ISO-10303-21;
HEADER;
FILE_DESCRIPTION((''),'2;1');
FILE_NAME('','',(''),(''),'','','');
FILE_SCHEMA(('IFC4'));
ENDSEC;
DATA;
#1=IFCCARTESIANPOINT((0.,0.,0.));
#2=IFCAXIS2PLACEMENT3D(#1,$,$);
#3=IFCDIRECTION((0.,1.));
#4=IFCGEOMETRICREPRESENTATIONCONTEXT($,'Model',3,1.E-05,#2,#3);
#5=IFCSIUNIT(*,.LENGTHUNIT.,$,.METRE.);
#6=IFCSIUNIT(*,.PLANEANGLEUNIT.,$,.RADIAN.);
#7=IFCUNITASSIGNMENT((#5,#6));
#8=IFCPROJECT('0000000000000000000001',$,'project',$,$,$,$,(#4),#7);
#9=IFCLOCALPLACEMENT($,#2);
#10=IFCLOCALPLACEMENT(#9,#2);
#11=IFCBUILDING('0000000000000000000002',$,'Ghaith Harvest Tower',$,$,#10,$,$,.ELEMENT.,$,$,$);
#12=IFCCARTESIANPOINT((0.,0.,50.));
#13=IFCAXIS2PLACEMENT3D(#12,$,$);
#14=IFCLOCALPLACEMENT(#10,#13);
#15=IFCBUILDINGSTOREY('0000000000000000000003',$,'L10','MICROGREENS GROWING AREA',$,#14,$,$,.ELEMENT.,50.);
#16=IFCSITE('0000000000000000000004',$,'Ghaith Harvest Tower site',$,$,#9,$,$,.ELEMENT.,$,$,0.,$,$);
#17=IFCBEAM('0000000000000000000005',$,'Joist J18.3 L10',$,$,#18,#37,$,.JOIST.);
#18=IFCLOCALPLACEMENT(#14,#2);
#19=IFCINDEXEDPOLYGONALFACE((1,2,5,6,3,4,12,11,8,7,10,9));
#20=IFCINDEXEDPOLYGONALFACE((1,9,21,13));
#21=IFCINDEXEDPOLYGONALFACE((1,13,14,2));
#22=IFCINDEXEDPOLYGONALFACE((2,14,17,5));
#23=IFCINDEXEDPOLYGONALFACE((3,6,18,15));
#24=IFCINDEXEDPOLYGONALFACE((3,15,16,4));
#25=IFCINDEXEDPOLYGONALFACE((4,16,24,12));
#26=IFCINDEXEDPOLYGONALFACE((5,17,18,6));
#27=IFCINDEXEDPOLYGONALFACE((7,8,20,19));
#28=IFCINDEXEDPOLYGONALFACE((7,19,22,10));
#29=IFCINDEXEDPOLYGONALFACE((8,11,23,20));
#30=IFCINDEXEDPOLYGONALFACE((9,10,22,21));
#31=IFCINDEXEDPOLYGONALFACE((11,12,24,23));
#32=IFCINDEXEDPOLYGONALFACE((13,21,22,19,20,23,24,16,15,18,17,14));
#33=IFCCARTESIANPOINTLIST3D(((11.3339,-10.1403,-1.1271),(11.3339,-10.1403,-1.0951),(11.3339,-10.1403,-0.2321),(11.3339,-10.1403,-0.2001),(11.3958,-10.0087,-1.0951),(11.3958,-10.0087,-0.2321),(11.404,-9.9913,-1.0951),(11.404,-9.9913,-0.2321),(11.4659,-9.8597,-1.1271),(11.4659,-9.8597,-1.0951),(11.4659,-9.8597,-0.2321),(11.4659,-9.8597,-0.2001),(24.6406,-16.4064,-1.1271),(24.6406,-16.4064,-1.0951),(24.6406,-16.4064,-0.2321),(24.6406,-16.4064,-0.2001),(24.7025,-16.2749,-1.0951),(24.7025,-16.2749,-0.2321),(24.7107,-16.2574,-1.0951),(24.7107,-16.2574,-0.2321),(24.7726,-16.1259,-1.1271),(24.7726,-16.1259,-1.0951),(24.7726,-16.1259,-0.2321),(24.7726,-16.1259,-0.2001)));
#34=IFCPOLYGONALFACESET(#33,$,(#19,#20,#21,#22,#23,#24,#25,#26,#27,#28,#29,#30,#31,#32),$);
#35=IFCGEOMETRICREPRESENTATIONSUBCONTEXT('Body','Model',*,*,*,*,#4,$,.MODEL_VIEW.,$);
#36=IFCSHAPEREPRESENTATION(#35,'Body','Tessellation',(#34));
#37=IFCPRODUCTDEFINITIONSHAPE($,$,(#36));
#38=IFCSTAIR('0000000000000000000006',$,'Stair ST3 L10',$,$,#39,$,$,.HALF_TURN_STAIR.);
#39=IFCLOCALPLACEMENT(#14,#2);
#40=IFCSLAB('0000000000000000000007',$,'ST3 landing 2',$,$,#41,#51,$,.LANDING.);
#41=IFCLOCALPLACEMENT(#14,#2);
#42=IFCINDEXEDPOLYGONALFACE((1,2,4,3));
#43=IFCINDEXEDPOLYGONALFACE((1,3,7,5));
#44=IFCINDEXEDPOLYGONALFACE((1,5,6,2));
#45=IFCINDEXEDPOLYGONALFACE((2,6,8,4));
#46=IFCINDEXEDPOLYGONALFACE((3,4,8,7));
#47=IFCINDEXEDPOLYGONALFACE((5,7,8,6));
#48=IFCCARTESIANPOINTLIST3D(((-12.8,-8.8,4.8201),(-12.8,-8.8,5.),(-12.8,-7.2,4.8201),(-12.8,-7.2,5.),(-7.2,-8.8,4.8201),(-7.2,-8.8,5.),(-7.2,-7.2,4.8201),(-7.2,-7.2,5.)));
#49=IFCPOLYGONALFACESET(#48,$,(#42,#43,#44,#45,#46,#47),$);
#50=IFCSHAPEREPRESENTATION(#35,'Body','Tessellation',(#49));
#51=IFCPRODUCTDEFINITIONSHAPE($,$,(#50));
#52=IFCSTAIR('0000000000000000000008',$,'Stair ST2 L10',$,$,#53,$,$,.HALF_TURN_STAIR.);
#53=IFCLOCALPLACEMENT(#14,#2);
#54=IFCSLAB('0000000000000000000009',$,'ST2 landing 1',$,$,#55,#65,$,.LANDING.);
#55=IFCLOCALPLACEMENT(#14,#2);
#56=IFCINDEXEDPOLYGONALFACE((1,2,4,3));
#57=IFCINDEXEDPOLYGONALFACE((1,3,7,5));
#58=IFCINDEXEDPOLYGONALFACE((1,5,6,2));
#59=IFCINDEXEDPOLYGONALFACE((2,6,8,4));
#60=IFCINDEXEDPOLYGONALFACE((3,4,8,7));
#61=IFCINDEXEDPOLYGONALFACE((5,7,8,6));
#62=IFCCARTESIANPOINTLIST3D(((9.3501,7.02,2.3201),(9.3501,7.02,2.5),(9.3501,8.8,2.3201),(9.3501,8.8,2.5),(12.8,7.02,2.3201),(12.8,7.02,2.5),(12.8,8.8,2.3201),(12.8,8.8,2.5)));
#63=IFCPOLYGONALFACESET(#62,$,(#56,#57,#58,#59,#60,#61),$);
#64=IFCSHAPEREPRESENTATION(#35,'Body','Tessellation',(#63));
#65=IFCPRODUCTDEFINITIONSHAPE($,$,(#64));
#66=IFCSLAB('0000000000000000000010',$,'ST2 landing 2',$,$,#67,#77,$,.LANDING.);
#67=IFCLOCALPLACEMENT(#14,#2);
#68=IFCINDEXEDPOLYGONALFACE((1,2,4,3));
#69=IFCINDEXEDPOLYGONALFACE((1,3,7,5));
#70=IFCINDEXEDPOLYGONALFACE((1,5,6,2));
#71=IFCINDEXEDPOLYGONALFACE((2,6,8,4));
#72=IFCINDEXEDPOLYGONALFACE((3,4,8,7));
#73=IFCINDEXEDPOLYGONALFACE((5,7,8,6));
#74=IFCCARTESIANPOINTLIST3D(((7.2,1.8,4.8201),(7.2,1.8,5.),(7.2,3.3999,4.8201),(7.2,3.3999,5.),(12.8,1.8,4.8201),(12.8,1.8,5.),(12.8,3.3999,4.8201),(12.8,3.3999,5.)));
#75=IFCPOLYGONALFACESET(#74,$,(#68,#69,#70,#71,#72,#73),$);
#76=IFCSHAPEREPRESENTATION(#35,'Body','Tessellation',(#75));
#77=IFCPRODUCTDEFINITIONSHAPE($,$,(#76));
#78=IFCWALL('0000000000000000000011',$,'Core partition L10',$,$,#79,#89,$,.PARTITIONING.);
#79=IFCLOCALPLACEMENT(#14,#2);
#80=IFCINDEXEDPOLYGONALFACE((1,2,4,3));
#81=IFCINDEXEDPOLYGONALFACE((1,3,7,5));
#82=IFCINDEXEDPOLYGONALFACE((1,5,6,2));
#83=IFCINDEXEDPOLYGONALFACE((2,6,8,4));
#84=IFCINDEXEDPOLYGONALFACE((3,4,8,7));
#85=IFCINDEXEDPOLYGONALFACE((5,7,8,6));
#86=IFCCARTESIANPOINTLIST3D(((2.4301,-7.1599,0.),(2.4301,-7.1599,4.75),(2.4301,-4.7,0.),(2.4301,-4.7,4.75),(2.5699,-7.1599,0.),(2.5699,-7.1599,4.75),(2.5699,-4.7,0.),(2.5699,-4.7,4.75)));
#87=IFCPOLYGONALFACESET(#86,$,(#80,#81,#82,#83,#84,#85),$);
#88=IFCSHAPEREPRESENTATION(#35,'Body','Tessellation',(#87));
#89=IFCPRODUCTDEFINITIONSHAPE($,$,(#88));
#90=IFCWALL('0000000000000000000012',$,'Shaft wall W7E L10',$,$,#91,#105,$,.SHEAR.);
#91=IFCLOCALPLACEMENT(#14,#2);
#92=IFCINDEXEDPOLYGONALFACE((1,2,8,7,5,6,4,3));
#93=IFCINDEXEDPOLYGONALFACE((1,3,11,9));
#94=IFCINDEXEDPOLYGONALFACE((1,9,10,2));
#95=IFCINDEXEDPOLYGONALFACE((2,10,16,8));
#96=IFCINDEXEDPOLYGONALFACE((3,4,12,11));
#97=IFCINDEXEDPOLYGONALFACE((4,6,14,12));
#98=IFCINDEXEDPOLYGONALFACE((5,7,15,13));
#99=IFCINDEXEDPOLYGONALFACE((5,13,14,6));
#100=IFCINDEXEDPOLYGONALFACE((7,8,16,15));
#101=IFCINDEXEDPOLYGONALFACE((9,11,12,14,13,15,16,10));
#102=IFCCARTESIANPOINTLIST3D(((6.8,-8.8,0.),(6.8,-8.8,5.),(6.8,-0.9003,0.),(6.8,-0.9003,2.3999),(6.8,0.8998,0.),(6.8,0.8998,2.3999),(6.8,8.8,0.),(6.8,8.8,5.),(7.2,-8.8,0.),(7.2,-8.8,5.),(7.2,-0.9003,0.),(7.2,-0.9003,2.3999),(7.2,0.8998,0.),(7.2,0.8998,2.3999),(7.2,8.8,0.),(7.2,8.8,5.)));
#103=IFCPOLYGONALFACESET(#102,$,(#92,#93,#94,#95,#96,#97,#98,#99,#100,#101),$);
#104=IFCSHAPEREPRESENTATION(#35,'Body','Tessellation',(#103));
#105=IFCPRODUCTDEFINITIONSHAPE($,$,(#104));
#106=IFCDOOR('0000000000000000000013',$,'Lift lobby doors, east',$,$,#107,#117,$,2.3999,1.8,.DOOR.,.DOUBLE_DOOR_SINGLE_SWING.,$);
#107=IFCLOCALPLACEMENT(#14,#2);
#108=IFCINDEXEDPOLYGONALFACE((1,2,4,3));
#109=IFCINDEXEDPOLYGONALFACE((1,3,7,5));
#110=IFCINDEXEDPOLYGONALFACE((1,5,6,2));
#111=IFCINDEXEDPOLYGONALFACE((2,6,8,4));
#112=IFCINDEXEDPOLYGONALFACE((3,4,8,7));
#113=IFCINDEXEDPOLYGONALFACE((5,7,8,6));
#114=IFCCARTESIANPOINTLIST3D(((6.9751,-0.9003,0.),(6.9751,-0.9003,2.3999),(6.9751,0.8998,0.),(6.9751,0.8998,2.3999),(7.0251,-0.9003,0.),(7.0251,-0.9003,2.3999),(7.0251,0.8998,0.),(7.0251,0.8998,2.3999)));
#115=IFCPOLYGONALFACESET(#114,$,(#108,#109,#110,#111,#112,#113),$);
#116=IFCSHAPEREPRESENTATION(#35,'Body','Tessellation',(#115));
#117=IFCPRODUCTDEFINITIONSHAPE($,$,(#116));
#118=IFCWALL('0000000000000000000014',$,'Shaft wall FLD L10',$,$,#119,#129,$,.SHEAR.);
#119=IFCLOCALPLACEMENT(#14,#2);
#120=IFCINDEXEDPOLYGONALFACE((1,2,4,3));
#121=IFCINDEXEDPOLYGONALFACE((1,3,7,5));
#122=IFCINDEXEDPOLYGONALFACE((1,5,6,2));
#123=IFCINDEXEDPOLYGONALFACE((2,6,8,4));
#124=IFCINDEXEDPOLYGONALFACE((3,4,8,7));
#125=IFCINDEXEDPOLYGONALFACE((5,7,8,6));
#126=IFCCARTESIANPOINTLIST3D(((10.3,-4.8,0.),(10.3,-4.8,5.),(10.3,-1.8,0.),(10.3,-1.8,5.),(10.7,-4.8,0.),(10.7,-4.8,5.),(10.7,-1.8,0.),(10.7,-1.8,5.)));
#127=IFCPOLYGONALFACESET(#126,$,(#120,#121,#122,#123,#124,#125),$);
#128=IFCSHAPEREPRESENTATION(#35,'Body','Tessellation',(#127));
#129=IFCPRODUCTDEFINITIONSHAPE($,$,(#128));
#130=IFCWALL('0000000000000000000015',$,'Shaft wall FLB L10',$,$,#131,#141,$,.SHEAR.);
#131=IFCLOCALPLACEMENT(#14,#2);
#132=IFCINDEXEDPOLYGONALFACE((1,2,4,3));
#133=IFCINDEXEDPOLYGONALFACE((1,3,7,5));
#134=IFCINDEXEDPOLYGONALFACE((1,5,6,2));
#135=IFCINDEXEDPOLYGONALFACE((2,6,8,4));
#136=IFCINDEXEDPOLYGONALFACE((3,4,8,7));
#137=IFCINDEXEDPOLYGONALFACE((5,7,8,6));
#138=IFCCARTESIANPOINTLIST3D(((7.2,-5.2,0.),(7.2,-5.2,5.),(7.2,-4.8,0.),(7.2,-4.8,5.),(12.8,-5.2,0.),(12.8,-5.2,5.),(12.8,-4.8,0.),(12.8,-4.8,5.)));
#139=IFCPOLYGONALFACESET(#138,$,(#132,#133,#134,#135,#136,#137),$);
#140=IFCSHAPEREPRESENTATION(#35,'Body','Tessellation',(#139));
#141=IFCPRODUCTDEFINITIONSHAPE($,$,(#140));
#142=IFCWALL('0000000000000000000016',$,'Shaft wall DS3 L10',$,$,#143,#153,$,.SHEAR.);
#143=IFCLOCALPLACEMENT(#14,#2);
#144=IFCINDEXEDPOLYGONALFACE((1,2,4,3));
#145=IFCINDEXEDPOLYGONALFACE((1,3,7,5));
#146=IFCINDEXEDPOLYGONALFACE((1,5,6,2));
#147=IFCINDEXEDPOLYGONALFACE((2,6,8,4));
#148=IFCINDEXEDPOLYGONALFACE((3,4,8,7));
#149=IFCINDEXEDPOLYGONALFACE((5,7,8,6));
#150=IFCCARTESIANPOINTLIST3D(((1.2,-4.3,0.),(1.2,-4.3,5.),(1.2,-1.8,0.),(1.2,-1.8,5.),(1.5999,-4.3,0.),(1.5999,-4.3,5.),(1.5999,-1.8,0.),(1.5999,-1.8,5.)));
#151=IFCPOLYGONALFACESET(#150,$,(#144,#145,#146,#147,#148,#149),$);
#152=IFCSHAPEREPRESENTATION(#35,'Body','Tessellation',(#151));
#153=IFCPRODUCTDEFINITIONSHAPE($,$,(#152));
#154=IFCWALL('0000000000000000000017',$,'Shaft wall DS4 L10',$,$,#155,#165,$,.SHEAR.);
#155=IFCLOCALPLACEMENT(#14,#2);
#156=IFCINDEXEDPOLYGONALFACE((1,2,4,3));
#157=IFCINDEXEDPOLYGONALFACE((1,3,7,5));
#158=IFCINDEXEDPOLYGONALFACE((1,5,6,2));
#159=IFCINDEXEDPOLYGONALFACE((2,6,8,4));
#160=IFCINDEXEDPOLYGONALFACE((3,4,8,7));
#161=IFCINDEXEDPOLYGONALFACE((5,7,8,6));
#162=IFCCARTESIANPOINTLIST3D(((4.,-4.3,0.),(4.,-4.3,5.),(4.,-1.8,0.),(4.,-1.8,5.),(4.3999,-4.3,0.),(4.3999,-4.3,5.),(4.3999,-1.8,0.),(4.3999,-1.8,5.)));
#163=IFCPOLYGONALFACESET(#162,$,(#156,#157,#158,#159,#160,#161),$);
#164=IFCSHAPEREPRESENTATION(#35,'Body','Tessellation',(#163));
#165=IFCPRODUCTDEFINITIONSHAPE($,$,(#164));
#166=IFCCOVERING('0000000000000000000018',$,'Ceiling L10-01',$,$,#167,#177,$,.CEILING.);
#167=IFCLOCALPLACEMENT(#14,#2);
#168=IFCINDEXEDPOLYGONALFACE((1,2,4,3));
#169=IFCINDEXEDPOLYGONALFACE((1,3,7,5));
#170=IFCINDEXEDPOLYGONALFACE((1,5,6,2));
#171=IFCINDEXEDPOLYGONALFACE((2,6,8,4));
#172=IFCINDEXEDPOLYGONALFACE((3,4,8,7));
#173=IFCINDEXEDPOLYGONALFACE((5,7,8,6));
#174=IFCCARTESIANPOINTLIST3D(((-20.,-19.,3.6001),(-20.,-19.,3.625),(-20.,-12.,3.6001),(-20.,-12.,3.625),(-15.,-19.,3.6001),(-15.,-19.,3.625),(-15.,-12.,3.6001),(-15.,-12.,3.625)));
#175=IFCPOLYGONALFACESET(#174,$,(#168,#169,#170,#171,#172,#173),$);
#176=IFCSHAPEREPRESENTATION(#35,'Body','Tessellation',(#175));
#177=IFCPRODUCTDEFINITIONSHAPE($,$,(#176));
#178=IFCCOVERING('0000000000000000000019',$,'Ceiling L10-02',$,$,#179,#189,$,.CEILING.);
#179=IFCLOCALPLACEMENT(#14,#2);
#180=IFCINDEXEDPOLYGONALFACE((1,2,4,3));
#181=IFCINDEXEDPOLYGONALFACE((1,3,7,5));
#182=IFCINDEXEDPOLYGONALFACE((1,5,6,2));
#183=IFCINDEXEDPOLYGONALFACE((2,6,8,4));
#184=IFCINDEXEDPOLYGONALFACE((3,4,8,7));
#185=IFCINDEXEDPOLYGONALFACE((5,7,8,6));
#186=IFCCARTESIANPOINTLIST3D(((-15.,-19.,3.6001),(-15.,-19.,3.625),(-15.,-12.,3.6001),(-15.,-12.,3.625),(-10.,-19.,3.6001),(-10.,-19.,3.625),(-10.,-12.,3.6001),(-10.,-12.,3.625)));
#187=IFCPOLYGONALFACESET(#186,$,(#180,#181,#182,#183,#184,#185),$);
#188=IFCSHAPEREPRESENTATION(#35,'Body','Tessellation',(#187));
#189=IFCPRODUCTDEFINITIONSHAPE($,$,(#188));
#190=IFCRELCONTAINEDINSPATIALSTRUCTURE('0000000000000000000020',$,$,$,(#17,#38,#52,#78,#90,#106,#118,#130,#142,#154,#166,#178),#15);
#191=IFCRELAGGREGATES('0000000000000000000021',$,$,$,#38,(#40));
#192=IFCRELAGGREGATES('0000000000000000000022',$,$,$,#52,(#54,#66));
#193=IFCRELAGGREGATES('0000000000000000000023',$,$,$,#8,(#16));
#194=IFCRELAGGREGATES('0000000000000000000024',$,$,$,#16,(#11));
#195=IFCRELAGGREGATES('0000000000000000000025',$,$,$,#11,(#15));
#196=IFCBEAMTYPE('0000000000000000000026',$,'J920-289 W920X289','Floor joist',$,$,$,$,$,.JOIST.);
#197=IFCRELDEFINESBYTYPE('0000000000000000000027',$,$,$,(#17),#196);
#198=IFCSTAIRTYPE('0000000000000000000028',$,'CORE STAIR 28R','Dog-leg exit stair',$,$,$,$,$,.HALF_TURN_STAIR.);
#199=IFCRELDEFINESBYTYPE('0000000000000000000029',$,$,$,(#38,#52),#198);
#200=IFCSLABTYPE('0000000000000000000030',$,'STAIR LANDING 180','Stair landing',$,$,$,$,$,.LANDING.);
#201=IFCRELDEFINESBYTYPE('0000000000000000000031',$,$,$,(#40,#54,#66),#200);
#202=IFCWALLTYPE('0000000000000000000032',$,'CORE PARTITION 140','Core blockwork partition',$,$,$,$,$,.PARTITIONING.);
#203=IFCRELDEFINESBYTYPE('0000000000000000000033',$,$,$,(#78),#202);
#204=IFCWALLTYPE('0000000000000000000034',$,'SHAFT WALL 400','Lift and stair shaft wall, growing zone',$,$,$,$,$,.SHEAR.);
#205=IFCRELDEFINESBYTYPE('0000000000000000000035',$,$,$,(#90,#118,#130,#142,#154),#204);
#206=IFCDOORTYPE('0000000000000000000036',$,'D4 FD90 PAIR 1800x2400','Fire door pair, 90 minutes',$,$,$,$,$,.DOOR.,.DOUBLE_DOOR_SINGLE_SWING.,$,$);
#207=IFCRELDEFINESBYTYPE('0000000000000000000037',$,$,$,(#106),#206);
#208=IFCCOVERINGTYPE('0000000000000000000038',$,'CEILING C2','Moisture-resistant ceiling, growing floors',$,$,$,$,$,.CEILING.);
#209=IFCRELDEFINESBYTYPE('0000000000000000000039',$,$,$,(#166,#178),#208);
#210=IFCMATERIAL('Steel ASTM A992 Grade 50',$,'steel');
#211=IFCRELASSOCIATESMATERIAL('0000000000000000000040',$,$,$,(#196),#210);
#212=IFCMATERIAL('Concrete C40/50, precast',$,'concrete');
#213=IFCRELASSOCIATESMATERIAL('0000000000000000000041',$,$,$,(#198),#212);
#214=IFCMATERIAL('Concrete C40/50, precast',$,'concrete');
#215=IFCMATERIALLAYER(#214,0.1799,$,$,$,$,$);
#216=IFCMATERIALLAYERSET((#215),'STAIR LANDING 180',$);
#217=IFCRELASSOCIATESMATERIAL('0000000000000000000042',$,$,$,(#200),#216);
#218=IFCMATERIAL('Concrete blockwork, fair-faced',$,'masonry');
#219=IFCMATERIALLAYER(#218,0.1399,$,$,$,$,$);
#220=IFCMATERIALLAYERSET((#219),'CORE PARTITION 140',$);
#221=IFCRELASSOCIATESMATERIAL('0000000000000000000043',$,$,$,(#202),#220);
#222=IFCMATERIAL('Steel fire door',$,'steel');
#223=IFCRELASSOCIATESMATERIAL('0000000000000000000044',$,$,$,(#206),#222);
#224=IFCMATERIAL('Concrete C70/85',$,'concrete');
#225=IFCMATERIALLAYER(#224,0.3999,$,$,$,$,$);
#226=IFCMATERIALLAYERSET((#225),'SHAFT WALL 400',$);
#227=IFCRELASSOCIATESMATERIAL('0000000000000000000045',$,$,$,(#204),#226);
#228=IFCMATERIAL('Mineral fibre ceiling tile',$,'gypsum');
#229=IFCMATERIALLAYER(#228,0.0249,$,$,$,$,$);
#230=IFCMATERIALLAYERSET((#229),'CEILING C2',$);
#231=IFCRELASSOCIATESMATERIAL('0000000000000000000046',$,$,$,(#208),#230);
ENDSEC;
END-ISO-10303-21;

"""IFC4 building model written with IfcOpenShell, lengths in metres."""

from ifc_helpers import new_model, si_unit, direction, frame, frame_2d, origin, origin_2d, place, context, subcontext, project, spatial, polyline, rectangle, i_section, outline, extrude, material, layer, layer_set, material_profile, profile_set, type_object, element, fill, aggregate, save


model = new_model("IFC4")

# Units and contexts
model_context = context("Model", 3, precision=1e-05, world=origin(), true_north=direction((0.0, 1.0)))
body_context = subcontext(model_context, "Body", "Model", "MODEL_VIEW")
ifc_project = project(units=[si_unit("LENGTHUNIT", "METRE"), si_unit("PLANEANGLEUNIT", "RADIAN")], contexts=[model_context])

# Site, building, storey
site_placement = place(None, origin())
site = spatial("IfcSite", under=ifc_project, at=site_placement, Name="Ghaith Harvest Tower site", CompositionType="ELEMENT", RefElevation=0.0)
building_placement = place(site_placement, origin())
building = spatial("IfcBuilding", under=site, at=building_placement, Name="Ghaith Harvest Tower", CompositionType="ELEMENT")
storey_placement = place(building_placement, frame((0.0, 0.0, 50.0)))
storey = spatial("IfcBuildingStorey", under=building, at=storey_placement, Name="L10", Description="MICROGREENS GROWING AREA", CompositionType="ELEMENT", Elevation=50.0)

# Beam
ifc_material_1 = material(Name="Steel ASTM A992 Grade 50", Category="steel")
ifc_material_profile_1 = material_profile(ifc_material_1, i_section(OverallWidth=0.3101, OverallDepth=0.927, WebThickness=0.0193, FlangeThickness=0.032, at=origin_2d()), Name="W920X289")
ifc_profile_set_1 = profile_set([ifc_material_profile_1], Name="Steel ASTM A992 Grade 50")
beam_type_1 = type_object("IfcBeamType", Name="J920-289 W920X289", Description="Floor joist", PredefinedType="JOIST", material=ifc_profile_set_1)
beam_1_placement = place(storey_placement, frame((11.3999, -10.0, -0.6636), z_axis=(0.90471, -0.426029, 0.0), x_axis=(0.426029, 0.90471, 0.0)))
element("IfcBeam", 1, at=beam_1_placement, inside=storey, type_object=beam_type_1, Name="Joist J18.3 L10", PredefinedType="JOIST", context=body_context, shape_type="SweptSolid", body=[
    extrude(i_section(OverallWidth=0.3101, OverallDepth=0.927, WebThickness=0.0193, FlangeThickness=0.032, at=origin_2d()), origin(), (0.0, 0.0, 1.0), 14.7083),
])

# Stair, slab
ifc_material_2 = material(Name="Concrete C40/50, precast", Category="concrete")
stair_type = type_object("IfcStairType", Name="CORE STAIR 28R", Description="Dog-leg exit stair", PredefinedType="HALF_TURN_STAIR", material=ifc_material_2)
stair_1_placement = place(storey_placement, origin())
stair_1 = element("IfcStair", 2, at=stair_1_placement, inside=storey, type_object=stair_type, Name="Stair ST3 L10", PredefinedType="HALF_TURN_STAIR")
ifc_material_3 = material(Name="Concrete C40/50, precast", Category="concrete")
ifc_layer_1 = layer(ifc_material_3, 0.1799)
ifc_layer_set_1 = layer_set([ifc_layer_1], Name="STAIR LANDING 180")
slab_type = type_object("IfcSlabType", Name="STAIR LANDING 180", Description="Stair landing", PredefinedType="LANDING", material=ifc_layer_set_1)
slab_1_placement = place(storey_placement, frame((0.0, 0.0, 4.8201)))
slab_1 = element("IfcSlab", 3, at=slab_1_placement, type_object=slab_type, Name="ST3 landing 2", PredefinedType="LANDING", context=body_context, shape_type="SweptSolid", body=[
    extrude(outline(polyline([(-12.8, -8.8), (-12.8, -7.2), (-7.2, -7.2), (-7.2, -8.8), (-12.8, -8.8)])), origin(), (0.0, 0.0, 1.0), 0.1799),
])
aggregate(stair_1, [slab_1])

# Stair, slabs
stair_2_placement = place(storey_placement, origin())
stair_2 = element("IfcStair", 4, at=stair_2_placement, inside=storey, type_object=stair_type, Name="Stair ST2 L10", PredefinedType="HALF_TURN_STAIR")
slab_2_placement = place(storey_placement, frame((0.0, 0.0, 2.3201)))
slab_2 = element("IfcSlab", 5, at=slab_2_placement, type_object=slab_type, Name="ST2 landing 1", PredefinedType="LANDING", context=body_context, shape_type="SweptSolid", body=[
    extrude(outline(polyline([(12.8, 7.02), (12.8, 8.8), (9.3501, 8.8), (9.3501, 7.02), (12.8, 7.02)])), origin(), (0.0, 0.0, 1.0), 0.1799),
])
slab_3_placement = place(storey_placement, frame((0.0, 0.0, 4.8201)))
slab_3 = element("IfcSlab", 6, at=slab_3_placement, type_object=slab_type, Name="ST2 landing 2", PredefinedType="LANDING", context=body_context, shape_type="SweptSolid", body=[
    extrude(outline(polyline([(12.8, 1.8), (12.8, 3.3999), (7.2, 3.3999), (7.2, 1.8), (12.8, 1.8)])), origin(), (0.0, 0.0, 1.0), 0.1799),
])
aggregate(stair_2, [slab_2, slab_3])

# Wall
ifc_material_4 = material(Name="Concrete blockwork, fair-faced", Category="masonry")
ifc_layer_2 = layer(ifc_material_4, 0.1399)
ifc_layer_set_2 = layer_set([ifc_layer_2], Name="CORE PARTITION 140")
wall_type_1 = type_object("IfcWallType", Name="CORE PARTITION 140", Description="Core blockwork partition", PredefinedType="PARTITIONING", material=ifc_layer_set_2)
wall_1_placement = place(storey_placement, frame((2.5, -4.7, 0.0), z_axis=(0.0, 0.0, 1.0), x_axis=(0.0, -1.0, 0.0)))
element("IfcWall", 7, at=wall_1_placement, inside=storey, type_object=wall_type_1, Name="Core partition L10", PredefinedType="PARTITIONING", context=body_context, shape_type="SweptSolid", body=[
    extrude(rectangle(XDim=2.46, YDim=0.1399, at=frame_2d((1.23, 0.0))), origin(), (0.0, 0.0, 1.0), 4.75),
])

# Wall, opening, door
ifc_material_5 = material(Name="Steel fire door", Category="steel")
door_type_1 = type_object("IfcDoorType", Name="D4 FD90 PAIR 1800x2400", Description="Fire door pair, 90 minutes", OperationType="DOUBLE_DOOR_SINGLE_SWING", PredefinedType="DOOR", material=ifc_material_5)
ifc_material_6 = material(Name="Concrete C70/85", Category="concrete")
ifc_layer_3 = layer(ifc_material_6, 0.3999)
ifc_layer_set_3 = layer_set([ifc_layer_3], Name="SHAFT WALL 400")
wall_type_2 = type_object("IfcWallType", Name="SHAFT WALL 400", Description="Lift and stair shaft wall, growing zone", PredefinedType="SHEAR", material=ifc_layer_set_3)
wall_2_placement = place(storey_placement, frame((7.0, -8.8, 0.0), z_axis=(0.0, 0.0, 1.0), x_axis=(0.0, 1.0, 0.0)))
wall_2 = element("IfcWall", 8, at=wall_2_placement, inside=storey, type_object=wall_type_2, Name="Shaft wall W7E L10", PredefinedType="SHEAR", context=body_context, shape_type="SweptSolid", body=[
    extrude(rectangle(XDim=17.6001, YDim=0.3999, at=frame_2d((8.8, 0.0))), origin(), (0.0, 0.0, 1.0), 5.0),
])
opening_1_placement = place(wall_2_placement, frame((7.8999, 0.0, 0.0)))
opening_1 = element("IfcOpeningElement", 9, at=opening_1_placement, cuts=wall_2, PredefinedType="OPENING", context=body_context, shape_type="SweptSolid", body=[
    extrude(rectangle(XDim=1.8, YDim=2.3999, at=frame_2d((0.8999, 1.2))), frame((0.0, 0.21, 0.0), z_axis=(0.0, -1.0, 0.0), x_axis=(1.0, 0.0, 0.0)), (0.0, 0.0, 1.0), 0.4199),
])
door_1_placement = place(opening_1_placement, origin())
door_1 = element("IfcDoor", 10, at=door_1_placement, inside=storey, type_object=door_type_1, Name="Lift lobby doors, east", OperationType="DOUBLE_DOOR_SINGLE_SWING", OverallHeight=2.3999, OverallWidth=1.8, PredefinedType="DOOR", context=body_context, shape_type="SweptSolid", body=[
    extrude(rectangle(XDim=1.8, YDim=2.3999, at=frame_2d((0.8999, 1.2))), frame((0.0, 0.0249, 0.0), z_axis=(0.0, -1.0, 0.0), x_axis=(1.0, 0.0, 0.0)), (0.0, 0.0, 1.0), 0.05),
])
fill(opening_1, door_1)

# Walls
wall_3_placement = place(storey_placement, frame((10.5, -4.8, 0.0), z_axis=(0.0, 0.0, 1.0), x_axis=(0.0, 1.0, 0.0)))
element("IfcWall", 11, at=wall_3_placement, inside=storey, type_object=wall_type_2, Name="Shaft wall FLD L10", PredefinedType="SHEAR", context=body_context, shape_type="SweptSolid", body=[
    extrude(rectangle(XDim=3.0, YDim=0.3999, at=frame_2d((1.5, 0.0))), origin(), (0.0, 0.0, 1.0), 5.0),
])
wall_4_placement = place(storey_placement, frame((7.2, -5.0, 0.0), z_axis=(0.0, 0.0, 1.0), x_axis=(1.0, 0.0, 0.0)))
element("IfcWall", 12, at=wall_4_placement, inside=storey, type_object=wall_type_2, Name="Shaft wall FLB L10", PredefinedType="SHEAR", context=body_context, shape_type="SweptSolid", body=[
    extrude(rectangle(XDim=5.6001, YDim=0.3999, at=frame_2d((2.8, 0.0))), origin(), (0.0, 0.0, 1.0), 5.0),
])
for number, where, z_axis, x_axis, name in (
    (13, (1.3999, -4.3, 0.0), (0.0, 0.0, 1.0), (0.0, 1.0, 0.0), "Shaft wall DS3 L10"),
    (14, (4.2, -4.3, 0.0), (0.0, 0.0, 1.0), (0.0, 1.0, 0.0), "Shaft wall DS4 L10"),
):
    element("IfcWall", number, at=place(storey_placement, frame(where, z_axis=z_axis, x_axis=x_axis)), inside=storey, type_object=wall_type_2, Name=name, PredefinedType="SHEAR", context=body_context, shape_type="SweptSolid", body=[
        extrude(rectangle(XDim=2.5, YDim=0.3999, at=frame_2d((1.25, 0.0))), origin(), (0.0, 0.0, 1.0), 5.0),
    ])

# Coverings
ifc_material_7 = material(Name="Mineral fibre ceiling tile", Category="gypsum")
ifc_layer_4 = layer(ifc_material_7, 0.0249)
ifc_layer_set_4 = layer_set([ifc_layer_4], Name="CEILING C2")
covering_type = type_object("IfcCoveringType", Name="CEILING C2", Description="Moisture-resistant ceiling, growing floors", PredefinedType="CEILING", material=ifc_layer_set_4)
covering_1_placement = place(storey_placement, frame((0.0, 0.0, 3.6001)))
element("IfcCovering", 15, at=covering_1_placement, inside=storey, type_object=covering_type, Name="Ceiling L10-01", PredefinedType="CEILING", context=body_context, shape_type="SweptSolid", body=[
    extrude(outline(polyline([(-20.0, -19.0), (-15.0, -19.0), (-15.0, -12.0), (-20.0, -12.0), (-20.0, -19.0)])), origin(), (0.0, 0.0, 1.0), 0.0249),
])
covering_2_placement = place(storey_placement, frame((0.0, 0.0, 3.6001)))
element("IfcCovering", 16, at=covering_2_placement, inside=storey, type_object=covering_type, Name="Ceiling L10-02", PredefinedType="CEILING", context=body_context, shape_type="SweptSolid", body=[
    extrude(outline(polyline([(-15.0, -19.0), (-10.0, -19.0), (-10.0, -12.0), (-15.0, -12.0), (-15.0, -19.0)])), origin(), (0.0, 0.0, 1.0), 0.0249),
])

save(model, "model.ifc")
